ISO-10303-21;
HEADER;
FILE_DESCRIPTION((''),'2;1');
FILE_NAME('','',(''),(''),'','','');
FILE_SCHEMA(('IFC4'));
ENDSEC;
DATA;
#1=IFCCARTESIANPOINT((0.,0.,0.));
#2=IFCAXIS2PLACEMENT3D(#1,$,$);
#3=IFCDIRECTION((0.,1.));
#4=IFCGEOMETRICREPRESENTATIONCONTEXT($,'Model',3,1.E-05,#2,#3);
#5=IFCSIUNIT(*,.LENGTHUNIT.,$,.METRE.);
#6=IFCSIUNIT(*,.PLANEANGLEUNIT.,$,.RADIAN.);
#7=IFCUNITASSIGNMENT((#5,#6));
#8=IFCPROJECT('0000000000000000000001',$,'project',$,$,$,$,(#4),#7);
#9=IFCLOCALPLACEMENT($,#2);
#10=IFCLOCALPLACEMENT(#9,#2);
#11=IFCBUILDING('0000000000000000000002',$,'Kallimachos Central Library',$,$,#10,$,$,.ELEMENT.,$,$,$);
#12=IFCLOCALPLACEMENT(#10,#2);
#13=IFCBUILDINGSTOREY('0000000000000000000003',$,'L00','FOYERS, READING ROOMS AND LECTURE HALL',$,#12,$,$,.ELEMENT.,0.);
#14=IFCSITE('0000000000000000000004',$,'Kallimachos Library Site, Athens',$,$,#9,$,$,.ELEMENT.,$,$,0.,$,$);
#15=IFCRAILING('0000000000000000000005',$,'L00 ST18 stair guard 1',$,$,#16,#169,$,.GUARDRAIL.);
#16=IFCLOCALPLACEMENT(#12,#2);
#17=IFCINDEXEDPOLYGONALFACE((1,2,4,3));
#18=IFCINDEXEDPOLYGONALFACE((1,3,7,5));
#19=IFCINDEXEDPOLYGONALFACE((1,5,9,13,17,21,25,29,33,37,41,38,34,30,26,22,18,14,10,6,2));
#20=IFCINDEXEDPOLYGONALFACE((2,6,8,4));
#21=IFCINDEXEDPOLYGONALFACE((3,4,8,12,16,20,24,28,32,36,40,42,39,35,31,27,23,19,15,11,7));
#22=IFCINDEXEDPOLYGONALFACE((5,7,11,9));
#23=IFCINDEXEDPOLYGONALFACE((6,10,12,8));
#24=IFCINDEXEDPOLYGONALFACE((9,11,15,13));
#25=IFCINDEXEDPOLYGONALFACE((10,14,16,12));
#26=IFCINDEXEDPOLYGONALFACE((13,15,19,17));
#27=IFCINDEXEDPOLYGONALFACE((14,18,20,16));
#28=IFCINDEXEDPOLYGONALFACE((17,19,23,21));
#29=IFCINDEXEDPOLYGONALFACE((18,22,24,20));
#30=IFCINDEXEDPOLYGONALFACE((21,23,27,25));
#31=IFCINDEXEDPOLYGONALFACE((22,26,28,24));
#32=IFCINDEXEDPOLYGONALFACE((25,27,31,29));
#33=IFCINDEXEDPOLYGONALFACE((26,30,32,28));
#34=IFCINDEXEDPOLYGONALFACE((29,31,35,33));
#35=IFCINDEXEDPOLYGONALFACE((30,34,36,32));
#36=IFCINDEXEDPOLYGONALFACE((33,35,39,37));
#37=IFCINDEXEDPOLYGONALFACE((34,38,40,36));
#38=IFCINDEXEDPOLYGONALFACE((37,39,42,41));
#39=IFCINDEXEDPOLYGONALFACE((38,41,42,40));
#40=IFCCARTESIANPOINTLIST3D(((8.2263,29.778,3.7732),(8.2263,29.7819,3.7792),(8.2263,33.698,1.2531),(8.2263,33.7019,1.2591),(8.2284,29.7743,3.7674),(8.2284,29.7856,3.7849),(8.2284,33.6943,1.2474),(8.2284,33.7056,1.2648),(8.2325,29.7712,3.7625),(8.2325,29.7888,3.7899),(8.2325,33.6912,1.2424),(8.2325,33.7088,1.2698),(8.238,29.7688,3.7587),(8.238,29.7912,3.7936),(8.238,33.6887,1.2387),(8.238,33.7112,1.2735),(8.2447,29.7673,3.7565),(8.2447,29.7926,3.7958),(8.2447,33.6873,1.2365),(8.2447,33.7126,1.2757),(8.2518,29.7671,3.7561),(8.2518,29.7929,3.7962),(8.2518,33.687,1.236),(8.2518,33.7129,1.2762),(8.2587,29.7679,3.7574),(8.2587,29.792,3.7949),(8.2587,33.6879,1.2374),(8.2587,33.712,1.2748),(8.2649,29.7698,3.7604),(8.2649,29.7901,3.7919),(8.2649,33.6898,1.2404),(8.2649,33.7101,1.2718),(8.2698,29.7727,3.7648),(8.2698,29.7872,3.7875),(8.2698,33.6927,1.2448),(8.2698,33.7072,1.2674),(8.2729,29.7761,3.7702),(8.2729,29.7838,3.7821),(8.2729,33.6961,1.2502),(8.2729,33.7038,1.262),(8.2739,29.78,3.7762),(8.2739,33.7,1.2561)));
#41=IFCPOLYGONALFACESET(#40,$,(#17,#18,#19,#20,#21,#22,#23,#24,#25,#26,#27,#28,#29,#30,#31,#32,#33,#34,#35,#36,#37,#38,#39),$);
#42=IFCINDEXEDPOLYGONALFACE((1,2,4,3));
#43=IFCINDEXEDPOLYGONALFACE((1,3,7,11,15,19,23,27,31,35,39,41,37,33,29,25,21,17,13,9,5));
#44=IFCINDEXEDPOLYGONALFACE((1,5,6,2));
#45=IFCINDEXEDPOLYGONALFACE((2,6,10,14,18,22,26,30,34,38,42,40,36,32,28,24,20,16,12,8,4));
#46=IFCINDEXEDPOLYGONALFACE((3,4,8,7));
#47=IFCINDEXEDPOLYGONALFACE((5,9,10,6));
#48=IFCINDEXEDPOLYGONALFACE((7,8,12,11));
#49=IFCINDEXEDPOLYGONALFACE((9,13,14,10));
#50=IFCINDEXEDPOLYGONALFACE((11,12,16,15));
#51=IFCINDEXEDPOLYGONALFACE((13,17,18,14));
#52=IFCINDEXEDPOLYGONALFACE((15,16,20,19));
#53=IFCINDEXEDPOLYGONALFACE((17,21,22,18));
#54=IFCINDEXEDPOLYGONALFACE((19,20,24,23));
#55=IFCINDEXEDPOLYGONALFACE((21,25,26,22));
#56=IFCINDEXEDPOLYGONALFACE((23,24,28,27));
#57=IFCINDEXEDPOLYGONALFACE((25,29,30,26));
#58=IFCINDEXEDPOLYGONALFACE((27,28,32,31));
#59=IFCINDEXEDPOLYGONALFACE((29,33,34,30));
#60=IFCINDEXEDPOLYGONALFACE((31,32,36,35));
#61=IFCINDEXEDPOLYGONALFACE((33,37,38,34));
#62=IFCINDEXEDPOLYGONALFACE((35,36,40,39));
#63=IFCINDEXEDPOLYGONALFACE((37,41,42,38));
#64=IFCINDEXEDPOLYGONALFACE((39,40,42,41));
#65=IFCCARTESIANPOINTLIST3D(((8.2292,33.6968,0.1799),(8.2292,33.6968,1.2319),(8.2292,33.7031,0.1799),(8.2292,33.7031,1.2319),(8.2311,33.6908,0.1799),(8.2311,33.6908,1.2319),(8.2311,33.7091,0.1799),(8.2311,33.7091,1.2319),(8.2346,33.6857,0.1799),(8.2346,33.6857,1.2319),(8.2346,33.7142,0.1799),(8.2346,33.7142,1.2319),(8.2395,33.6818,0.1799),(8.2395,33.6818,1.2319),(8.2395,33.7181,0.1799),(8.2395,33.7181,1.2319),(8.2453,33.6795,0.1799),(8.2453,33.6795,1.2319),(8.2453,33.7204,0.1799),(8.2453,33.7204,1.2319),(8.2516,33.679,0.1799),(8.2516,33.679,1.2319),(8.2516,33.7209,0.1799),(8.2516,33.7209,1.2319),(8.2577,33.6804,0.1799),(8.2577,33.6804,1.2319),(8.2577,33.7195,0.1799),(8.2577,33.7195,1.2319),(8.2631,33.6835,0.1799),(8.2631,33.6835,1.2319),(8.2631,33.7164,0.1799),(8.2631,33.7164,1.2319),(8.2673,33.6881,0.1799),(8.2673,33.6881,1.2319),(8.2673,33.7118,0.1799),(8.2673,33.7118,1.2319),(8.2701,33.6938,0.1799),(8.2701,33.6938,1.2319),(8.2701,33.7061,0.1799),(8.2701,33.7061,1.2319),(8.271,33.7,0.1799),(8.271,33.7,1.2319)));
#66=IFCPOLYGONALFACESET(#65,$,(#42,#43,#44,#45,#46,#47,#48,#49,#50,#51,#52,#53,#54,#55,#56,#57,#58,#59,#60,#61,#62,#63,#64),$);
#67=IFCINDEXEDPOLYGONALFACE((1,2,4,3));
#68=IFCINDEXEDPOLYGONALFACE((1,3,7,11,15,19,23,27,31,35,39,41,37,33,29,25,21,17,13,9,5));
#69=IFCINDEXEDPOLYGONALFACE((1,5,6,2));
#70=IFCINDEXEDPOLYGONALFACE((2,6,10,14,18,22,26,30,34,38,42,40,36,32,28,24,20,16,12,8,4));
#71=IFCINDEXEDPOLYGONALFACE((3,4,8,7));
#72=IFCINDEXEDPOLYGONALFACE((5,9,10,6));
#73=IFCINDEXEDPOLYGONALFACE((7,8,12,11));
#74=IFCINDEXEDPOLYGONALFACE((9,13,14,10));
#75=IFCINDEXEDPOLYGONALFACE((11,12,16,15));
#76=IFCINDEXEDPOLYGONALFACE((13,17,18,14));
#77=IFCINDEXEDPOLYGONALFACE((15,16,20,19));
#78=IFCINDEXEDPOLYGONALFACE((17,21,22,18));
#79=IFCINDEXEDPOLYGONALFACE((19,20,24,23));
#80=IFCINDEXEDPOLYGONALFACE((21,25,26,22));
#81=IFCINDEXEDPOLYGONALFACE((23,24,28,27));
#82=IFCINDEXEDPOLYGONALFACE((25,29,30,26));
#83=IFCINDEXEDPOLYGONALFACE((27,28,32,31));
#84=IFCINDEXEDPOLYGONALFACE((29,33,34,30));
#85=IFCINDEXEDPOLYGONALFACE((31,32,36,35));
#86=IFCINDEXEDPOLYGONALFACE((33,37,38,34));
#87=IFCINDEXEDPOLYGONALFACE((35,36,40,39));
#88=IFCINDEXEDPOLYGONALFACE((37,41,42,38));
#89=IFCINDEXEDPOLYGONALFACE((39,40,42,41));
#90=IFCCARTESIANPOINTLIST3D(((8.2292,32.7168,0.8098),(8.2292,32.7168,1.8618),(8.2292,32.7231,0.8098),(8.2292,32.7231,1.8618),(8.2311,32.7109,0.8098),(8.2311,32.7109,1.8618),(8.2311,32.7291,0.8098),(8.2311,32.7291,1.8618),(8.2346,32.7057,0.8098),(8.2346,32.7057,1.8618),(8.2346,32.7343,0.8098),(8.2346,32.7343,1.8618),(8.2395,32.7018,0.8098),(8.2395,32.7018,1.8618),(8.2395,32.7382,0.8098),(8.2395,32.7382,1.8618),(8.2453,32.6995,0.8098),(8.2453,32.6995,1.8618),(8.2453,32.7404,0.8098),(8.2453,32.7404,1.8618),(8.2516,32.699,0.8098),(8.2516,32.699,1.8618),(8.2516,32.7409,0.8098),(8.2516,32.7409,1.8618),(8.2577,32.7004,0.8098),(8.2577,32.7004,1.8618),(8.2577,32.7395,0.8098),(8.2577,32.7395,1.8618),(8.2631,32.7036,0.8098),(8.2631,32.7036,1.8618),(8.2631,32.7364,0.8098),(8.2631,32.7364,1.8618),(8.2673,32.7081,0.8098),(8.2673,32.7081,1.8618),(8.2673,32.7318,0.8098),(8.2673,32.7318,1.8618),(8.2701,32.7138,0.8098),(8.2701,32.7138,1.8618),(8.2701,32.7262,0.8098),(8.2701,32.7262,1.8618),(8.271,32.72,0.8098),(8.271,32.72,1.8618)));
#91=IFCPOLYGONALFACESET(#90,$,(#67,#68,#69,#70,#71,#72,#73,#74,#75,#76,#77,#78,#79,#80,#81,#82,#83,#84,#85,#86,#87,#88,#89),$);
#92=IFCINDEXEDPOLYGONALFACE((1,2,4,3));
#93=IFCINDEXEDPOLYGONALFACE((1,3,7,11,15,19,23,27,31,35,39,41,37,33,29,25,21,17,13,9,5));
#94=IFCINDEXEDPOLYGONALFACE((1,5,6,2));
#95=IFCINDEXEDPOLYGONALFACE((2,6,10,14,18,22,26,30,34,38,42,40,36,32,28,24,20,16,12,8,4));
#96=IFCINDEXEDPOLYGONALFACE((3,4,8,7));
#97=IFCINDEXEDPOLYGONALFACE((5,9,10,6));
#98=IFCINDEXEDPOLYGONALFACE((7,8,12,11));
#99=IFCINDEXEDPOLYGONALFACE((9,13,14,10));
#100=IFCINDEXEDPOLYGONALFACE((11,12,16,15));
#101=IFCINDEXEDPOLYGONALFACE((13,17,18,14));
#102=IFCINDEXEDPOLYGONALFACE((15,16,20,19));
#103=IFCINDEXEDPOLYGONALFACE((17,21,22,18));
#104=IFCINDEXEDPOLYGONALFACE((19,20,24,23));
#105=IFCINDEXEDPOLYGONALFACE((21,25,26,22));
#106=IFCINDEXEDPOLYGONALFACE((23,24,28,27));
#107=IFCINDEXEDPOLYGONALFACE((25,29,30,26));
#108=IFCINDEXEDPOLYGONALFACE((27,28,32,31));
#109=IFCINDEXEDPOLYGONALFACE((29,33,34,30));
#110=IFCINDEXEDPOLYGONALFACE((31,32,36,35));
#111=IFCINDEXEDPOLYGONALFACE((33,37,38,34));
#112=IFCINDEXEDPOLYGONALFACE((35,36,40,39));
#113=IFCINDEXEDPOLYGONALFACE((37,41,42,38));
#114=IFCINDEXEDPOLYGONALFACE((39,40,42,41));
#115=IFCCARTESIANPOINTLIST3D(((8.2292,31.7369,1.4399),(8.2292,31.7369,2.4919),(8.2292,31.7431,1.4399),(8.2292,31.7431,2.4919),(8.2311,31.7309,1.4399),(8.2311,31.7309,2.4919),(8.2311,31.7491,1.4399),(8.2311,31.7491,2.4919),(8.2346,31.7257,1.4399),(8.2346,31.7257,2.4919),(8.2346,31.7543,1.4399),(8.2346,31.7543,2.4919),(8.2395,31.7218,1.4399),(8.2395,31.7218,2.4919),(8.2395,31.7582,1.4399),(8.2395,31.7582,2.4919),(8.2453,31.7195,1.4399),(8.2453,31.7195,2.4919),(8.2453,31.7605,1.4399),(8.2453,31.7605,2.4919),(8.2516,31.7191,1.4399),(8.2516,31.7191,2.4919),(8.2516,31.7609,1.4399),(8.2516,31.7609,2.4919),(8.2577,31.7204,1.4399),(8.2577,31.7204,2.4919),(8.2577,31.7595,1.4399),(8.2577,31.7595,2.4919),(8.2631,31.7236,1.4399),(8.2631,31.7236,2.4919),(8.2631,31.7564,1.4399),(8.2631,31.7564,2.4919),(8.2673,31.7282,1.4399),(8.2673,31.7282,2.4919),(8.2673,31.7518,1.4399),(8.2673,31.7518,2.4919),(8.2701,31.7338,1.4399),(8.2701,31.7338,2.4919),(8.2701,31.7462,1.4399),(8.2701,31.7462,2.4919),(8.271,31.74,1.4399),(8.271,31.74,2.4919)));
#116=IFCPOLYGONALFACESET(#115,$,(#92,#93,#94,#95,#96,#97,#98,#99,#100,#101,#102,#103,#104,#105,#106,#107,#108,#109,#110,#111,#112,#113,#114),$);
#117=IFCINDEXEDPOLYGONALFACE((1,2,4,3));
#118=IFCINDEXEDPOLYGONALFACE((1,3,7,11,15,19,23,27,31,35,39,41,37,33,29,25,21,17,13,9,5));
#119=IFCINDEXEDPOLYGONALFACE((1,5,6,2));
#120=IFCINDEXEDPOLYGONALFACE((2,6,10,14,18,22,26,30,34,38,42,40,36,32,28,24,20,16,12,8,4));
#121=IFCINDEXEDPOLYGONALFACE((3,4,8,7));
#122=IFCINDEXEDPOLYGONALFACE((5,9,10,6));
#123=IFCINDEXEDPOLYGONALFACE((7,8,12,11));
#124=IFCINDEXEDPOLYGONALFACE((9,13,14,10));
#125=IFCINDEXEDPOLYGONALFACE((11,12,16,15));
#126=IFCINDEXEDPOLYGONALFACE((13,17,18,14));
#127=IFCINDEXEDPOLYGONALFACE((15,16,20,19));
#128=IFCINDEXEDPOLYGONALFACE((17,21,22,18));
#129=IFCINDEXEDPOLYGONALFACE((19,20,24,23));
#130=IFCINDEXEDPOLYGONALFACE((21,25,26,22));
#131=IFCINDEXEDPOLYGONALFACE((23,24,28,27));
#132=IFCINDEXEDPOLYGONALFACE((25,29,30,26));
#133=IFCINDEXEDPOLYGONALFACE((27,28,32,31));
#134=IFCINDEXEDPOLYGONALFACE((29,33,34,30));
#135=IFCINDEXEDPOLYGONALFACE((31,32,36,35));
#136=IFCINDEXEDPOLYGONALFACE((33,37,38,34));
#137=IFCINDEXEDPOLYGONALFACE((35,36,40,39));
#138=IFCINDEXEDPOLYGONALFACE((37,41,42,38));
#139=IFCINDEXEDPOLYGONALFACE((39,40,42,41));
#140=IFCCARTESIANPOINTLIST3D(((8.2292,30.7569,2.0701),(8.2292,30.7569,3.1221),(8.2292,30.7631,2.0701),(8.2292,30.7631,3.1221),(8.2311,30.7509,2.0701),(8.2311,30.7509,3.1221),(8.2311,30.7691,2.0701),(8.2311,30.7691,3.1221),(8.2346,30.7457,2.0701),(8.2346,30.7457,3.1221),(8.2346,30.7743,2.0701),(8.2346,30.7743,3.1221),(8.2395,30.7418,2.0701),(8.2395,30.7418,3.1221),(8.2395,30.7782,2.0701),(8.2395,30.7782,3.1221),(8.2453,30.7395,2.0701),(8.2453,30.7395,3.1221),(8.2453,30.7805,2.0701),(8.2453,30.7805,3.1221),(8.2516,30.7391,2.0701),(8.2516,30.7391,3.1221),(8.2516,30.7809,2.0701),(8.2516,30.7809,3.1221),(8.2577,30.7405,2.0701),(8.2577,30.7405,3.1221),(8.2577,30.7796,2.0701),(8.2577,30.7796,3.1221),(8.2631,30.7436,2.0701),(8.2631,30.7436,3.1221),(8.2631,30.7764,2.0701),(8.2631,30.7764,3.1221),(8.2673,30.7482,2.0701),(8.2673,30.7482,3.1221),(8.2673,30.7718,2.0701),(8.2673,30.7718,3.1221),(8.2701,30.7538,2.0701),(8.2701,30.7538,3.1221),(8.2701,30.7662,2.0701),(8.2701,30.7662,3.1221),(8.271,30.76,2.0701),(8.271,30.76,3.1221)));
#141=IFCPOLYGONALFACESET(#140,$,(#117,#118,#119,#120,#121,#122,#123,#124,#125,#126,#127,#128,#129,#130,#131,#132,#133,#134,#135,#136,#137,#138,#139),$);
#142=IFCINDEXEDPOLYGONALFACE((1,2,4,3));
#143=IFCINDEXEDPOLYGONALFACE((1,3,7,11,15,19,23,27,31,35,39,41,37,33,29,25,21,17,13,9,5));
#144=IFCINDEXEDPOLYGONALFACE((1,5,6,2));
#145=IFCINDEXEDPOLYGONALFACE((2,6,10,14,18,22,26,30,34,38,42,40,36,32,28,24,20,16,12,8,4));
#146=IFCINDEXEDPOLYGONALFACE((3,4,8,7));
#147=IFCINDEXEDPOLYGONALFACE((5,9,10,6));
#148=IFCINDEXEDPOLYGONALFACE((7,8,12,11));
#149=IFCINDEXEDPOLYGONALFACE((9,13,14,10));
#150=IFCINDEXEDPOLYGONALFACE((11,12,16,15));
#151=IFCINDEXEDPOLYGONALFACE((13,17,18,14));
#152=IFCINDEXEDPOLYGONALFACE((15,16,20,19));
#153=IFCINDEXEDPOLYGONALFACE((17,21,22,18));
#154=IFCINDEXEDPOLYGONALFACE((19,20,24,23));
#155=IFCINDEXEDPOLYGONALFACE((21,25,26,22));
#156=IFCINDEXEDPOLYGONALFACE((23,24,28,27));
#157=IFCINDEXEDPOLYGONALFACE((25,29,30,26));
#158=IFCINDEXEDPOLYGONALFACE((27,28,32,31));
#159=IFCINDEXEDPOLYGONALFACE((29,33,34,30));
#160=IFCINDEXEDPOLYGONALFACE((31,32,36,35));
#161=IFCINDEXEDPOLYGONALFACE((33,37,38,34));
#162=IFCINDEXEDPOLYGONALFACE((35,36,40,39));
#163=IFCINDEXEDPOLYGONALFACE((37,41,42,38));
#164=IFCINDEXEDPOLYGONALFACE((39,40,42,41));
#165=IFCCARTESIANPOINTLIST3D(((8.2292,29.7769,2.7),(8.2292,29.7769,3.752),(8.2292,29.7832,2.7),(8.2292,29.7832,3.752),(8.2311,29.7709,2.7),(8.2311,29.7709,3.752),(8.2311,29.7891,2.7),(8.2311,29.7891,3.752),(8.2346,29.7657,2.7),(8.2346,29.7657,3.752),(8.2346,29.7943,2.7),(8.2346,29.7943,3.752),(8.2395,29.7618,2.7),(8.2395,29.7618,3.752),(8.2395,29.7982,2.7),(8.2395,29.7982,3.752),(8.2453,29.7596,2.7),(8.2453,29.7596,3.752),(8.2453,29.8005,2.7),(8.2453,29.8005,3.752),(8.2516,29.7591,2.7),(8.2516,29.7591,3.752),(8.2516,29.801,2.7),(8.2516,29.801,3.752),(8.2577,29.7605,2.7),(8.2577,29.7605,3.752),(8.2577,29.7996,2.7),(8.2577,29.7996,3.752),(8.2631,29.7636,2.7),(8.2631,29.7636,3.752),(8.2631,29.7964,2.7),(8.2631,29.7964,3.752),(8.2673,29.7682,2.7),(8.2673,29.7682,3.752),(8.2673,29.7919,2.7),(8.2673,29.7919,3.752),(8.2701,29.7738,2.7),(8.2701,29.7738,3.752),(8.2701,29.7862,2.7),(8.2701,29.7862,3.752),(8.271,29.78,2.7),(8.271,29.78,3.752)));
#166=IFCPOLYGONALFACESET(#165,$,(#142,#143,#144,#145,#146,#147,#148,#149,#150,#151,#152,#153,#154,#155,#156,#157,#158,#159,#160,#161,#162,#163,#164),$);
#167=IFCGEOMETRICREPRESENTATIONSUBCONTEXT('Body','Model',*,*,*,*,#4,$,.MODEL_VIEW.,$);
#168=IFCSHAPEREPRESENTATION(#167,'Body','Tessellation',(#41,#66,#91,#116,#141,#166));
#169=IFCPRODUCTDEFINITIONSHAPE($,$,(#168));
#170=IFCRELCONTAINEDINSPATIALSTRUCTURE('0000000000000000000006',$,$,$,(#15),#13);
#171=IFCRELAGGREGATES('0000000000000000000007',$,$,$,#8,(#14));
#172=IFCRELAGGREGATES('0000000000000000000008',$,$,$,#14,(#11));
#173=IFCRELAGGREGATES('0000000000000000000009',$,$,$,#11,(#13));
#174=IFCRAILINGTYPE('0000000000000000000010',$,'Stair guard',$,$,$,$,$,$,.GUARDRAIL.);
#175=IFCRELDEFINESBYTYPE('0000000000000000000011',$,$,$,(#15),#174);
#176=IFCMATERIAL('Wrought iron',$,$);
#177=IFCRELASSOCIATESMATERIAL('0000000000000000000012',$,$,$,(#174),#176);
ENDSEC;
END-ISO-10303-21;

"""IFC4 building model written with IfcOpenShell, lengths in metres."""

from ifc_helpers import new_model, si_unit, direction, frame, origin, origin_2d, place, context, subcontext, project, spatial, circle, extrude, material, type_object, element, save


model = new_model("IFC4")

# Units and contexts
model_context = context("Model", 3, precision=1e-05, world=origin(), true_north=direction((0.0, 1.0)))
body_context = subcontext(model_context, "Body", "Model", "MODEL_VIEW")
ifc_project = project(units=[si_unit("LENGTHUNIT", "METRE"), si_unit("PLANEANGLEUNIT", "RADIAN")], contexts=[model_context])

# Site, building, storey
site_placement = place(None, origin())
site = spatial("IfcSite", under=ifc_project, at=site_placement, Name="Kallimachos Library Site, Athens", CompositionType="ELEMENT", RefElevation=0.0)
building_placement = place(site_placement, origin())
building = spatial("IfcBuilding", under=site, at=building_placement, Name="Kallimachos Central Library", CompositionType="ELEMENT")
storey_placement = place(building_placement, origin())
storey = spatial("IfcBuildingStorey", under=building, at=storey_placement, Name="L00", Description="FOYERS, READING ROOMS AND LECTURE HALL", CompositionType="ELEMENT", Elevation=0.0)

# Railing
ifc_material_1 = material(Name="Wrought iron")
railing_type_1 = type_object("IfcRailingType", Name="Stair guard", PredefinedType="GUARDRAIL", material=ifc_material_1)
railing_1_placement = place(storey_placement, frame((8.25, 33.7, 0.1799)))
element("IfcRailing", 1, at=railing_1_placement, inside=storey, type_object=railing_type_1, Name="L00 ST18 stair guard 1", PredefinedType="GUARDRAIL", context=body_context, shape_type="SweptSolid", body=[
    extrude(circle(Radius=0.0239, at=origin_2d()), frame((0.0, 0.0, 1.0762), z_axis=(0.0, -0.841172, 0.540768), x_axis=(1.0, 0.0, 0.0)), (0.0, 0.0, 1.0), 4.6602),
    extrude(circle(Radius=0.021, at=origin_2d()), origin(), (0.0, 0.0, 1.0), 1.052),
    extrude(circle(Radius=0.021, at=origin_2d()), frame((0.0, -0.98, 0.6299)), (0.0, 0.0, 1.0), 1.052),
    extrude(circle(Radius=0.021, at=origin_2d()), frame((0.0, -1.96, 1.26)), (0.0, 0.0, 1.0), 1.052),
    extrude(circle(Radius=0.021, at=origin_2d()), frame((0.0, -2.9399, 1.8901)), (0.0, 0.0, 1.0), 1.052),
    extrude(circle(Radius=0.021, at=origin_2d()), frame((0.0, -3.9199, 2.52)), (0.0, 0.0, 1.0), 1.052),
])

save(model, "model.ifc")
